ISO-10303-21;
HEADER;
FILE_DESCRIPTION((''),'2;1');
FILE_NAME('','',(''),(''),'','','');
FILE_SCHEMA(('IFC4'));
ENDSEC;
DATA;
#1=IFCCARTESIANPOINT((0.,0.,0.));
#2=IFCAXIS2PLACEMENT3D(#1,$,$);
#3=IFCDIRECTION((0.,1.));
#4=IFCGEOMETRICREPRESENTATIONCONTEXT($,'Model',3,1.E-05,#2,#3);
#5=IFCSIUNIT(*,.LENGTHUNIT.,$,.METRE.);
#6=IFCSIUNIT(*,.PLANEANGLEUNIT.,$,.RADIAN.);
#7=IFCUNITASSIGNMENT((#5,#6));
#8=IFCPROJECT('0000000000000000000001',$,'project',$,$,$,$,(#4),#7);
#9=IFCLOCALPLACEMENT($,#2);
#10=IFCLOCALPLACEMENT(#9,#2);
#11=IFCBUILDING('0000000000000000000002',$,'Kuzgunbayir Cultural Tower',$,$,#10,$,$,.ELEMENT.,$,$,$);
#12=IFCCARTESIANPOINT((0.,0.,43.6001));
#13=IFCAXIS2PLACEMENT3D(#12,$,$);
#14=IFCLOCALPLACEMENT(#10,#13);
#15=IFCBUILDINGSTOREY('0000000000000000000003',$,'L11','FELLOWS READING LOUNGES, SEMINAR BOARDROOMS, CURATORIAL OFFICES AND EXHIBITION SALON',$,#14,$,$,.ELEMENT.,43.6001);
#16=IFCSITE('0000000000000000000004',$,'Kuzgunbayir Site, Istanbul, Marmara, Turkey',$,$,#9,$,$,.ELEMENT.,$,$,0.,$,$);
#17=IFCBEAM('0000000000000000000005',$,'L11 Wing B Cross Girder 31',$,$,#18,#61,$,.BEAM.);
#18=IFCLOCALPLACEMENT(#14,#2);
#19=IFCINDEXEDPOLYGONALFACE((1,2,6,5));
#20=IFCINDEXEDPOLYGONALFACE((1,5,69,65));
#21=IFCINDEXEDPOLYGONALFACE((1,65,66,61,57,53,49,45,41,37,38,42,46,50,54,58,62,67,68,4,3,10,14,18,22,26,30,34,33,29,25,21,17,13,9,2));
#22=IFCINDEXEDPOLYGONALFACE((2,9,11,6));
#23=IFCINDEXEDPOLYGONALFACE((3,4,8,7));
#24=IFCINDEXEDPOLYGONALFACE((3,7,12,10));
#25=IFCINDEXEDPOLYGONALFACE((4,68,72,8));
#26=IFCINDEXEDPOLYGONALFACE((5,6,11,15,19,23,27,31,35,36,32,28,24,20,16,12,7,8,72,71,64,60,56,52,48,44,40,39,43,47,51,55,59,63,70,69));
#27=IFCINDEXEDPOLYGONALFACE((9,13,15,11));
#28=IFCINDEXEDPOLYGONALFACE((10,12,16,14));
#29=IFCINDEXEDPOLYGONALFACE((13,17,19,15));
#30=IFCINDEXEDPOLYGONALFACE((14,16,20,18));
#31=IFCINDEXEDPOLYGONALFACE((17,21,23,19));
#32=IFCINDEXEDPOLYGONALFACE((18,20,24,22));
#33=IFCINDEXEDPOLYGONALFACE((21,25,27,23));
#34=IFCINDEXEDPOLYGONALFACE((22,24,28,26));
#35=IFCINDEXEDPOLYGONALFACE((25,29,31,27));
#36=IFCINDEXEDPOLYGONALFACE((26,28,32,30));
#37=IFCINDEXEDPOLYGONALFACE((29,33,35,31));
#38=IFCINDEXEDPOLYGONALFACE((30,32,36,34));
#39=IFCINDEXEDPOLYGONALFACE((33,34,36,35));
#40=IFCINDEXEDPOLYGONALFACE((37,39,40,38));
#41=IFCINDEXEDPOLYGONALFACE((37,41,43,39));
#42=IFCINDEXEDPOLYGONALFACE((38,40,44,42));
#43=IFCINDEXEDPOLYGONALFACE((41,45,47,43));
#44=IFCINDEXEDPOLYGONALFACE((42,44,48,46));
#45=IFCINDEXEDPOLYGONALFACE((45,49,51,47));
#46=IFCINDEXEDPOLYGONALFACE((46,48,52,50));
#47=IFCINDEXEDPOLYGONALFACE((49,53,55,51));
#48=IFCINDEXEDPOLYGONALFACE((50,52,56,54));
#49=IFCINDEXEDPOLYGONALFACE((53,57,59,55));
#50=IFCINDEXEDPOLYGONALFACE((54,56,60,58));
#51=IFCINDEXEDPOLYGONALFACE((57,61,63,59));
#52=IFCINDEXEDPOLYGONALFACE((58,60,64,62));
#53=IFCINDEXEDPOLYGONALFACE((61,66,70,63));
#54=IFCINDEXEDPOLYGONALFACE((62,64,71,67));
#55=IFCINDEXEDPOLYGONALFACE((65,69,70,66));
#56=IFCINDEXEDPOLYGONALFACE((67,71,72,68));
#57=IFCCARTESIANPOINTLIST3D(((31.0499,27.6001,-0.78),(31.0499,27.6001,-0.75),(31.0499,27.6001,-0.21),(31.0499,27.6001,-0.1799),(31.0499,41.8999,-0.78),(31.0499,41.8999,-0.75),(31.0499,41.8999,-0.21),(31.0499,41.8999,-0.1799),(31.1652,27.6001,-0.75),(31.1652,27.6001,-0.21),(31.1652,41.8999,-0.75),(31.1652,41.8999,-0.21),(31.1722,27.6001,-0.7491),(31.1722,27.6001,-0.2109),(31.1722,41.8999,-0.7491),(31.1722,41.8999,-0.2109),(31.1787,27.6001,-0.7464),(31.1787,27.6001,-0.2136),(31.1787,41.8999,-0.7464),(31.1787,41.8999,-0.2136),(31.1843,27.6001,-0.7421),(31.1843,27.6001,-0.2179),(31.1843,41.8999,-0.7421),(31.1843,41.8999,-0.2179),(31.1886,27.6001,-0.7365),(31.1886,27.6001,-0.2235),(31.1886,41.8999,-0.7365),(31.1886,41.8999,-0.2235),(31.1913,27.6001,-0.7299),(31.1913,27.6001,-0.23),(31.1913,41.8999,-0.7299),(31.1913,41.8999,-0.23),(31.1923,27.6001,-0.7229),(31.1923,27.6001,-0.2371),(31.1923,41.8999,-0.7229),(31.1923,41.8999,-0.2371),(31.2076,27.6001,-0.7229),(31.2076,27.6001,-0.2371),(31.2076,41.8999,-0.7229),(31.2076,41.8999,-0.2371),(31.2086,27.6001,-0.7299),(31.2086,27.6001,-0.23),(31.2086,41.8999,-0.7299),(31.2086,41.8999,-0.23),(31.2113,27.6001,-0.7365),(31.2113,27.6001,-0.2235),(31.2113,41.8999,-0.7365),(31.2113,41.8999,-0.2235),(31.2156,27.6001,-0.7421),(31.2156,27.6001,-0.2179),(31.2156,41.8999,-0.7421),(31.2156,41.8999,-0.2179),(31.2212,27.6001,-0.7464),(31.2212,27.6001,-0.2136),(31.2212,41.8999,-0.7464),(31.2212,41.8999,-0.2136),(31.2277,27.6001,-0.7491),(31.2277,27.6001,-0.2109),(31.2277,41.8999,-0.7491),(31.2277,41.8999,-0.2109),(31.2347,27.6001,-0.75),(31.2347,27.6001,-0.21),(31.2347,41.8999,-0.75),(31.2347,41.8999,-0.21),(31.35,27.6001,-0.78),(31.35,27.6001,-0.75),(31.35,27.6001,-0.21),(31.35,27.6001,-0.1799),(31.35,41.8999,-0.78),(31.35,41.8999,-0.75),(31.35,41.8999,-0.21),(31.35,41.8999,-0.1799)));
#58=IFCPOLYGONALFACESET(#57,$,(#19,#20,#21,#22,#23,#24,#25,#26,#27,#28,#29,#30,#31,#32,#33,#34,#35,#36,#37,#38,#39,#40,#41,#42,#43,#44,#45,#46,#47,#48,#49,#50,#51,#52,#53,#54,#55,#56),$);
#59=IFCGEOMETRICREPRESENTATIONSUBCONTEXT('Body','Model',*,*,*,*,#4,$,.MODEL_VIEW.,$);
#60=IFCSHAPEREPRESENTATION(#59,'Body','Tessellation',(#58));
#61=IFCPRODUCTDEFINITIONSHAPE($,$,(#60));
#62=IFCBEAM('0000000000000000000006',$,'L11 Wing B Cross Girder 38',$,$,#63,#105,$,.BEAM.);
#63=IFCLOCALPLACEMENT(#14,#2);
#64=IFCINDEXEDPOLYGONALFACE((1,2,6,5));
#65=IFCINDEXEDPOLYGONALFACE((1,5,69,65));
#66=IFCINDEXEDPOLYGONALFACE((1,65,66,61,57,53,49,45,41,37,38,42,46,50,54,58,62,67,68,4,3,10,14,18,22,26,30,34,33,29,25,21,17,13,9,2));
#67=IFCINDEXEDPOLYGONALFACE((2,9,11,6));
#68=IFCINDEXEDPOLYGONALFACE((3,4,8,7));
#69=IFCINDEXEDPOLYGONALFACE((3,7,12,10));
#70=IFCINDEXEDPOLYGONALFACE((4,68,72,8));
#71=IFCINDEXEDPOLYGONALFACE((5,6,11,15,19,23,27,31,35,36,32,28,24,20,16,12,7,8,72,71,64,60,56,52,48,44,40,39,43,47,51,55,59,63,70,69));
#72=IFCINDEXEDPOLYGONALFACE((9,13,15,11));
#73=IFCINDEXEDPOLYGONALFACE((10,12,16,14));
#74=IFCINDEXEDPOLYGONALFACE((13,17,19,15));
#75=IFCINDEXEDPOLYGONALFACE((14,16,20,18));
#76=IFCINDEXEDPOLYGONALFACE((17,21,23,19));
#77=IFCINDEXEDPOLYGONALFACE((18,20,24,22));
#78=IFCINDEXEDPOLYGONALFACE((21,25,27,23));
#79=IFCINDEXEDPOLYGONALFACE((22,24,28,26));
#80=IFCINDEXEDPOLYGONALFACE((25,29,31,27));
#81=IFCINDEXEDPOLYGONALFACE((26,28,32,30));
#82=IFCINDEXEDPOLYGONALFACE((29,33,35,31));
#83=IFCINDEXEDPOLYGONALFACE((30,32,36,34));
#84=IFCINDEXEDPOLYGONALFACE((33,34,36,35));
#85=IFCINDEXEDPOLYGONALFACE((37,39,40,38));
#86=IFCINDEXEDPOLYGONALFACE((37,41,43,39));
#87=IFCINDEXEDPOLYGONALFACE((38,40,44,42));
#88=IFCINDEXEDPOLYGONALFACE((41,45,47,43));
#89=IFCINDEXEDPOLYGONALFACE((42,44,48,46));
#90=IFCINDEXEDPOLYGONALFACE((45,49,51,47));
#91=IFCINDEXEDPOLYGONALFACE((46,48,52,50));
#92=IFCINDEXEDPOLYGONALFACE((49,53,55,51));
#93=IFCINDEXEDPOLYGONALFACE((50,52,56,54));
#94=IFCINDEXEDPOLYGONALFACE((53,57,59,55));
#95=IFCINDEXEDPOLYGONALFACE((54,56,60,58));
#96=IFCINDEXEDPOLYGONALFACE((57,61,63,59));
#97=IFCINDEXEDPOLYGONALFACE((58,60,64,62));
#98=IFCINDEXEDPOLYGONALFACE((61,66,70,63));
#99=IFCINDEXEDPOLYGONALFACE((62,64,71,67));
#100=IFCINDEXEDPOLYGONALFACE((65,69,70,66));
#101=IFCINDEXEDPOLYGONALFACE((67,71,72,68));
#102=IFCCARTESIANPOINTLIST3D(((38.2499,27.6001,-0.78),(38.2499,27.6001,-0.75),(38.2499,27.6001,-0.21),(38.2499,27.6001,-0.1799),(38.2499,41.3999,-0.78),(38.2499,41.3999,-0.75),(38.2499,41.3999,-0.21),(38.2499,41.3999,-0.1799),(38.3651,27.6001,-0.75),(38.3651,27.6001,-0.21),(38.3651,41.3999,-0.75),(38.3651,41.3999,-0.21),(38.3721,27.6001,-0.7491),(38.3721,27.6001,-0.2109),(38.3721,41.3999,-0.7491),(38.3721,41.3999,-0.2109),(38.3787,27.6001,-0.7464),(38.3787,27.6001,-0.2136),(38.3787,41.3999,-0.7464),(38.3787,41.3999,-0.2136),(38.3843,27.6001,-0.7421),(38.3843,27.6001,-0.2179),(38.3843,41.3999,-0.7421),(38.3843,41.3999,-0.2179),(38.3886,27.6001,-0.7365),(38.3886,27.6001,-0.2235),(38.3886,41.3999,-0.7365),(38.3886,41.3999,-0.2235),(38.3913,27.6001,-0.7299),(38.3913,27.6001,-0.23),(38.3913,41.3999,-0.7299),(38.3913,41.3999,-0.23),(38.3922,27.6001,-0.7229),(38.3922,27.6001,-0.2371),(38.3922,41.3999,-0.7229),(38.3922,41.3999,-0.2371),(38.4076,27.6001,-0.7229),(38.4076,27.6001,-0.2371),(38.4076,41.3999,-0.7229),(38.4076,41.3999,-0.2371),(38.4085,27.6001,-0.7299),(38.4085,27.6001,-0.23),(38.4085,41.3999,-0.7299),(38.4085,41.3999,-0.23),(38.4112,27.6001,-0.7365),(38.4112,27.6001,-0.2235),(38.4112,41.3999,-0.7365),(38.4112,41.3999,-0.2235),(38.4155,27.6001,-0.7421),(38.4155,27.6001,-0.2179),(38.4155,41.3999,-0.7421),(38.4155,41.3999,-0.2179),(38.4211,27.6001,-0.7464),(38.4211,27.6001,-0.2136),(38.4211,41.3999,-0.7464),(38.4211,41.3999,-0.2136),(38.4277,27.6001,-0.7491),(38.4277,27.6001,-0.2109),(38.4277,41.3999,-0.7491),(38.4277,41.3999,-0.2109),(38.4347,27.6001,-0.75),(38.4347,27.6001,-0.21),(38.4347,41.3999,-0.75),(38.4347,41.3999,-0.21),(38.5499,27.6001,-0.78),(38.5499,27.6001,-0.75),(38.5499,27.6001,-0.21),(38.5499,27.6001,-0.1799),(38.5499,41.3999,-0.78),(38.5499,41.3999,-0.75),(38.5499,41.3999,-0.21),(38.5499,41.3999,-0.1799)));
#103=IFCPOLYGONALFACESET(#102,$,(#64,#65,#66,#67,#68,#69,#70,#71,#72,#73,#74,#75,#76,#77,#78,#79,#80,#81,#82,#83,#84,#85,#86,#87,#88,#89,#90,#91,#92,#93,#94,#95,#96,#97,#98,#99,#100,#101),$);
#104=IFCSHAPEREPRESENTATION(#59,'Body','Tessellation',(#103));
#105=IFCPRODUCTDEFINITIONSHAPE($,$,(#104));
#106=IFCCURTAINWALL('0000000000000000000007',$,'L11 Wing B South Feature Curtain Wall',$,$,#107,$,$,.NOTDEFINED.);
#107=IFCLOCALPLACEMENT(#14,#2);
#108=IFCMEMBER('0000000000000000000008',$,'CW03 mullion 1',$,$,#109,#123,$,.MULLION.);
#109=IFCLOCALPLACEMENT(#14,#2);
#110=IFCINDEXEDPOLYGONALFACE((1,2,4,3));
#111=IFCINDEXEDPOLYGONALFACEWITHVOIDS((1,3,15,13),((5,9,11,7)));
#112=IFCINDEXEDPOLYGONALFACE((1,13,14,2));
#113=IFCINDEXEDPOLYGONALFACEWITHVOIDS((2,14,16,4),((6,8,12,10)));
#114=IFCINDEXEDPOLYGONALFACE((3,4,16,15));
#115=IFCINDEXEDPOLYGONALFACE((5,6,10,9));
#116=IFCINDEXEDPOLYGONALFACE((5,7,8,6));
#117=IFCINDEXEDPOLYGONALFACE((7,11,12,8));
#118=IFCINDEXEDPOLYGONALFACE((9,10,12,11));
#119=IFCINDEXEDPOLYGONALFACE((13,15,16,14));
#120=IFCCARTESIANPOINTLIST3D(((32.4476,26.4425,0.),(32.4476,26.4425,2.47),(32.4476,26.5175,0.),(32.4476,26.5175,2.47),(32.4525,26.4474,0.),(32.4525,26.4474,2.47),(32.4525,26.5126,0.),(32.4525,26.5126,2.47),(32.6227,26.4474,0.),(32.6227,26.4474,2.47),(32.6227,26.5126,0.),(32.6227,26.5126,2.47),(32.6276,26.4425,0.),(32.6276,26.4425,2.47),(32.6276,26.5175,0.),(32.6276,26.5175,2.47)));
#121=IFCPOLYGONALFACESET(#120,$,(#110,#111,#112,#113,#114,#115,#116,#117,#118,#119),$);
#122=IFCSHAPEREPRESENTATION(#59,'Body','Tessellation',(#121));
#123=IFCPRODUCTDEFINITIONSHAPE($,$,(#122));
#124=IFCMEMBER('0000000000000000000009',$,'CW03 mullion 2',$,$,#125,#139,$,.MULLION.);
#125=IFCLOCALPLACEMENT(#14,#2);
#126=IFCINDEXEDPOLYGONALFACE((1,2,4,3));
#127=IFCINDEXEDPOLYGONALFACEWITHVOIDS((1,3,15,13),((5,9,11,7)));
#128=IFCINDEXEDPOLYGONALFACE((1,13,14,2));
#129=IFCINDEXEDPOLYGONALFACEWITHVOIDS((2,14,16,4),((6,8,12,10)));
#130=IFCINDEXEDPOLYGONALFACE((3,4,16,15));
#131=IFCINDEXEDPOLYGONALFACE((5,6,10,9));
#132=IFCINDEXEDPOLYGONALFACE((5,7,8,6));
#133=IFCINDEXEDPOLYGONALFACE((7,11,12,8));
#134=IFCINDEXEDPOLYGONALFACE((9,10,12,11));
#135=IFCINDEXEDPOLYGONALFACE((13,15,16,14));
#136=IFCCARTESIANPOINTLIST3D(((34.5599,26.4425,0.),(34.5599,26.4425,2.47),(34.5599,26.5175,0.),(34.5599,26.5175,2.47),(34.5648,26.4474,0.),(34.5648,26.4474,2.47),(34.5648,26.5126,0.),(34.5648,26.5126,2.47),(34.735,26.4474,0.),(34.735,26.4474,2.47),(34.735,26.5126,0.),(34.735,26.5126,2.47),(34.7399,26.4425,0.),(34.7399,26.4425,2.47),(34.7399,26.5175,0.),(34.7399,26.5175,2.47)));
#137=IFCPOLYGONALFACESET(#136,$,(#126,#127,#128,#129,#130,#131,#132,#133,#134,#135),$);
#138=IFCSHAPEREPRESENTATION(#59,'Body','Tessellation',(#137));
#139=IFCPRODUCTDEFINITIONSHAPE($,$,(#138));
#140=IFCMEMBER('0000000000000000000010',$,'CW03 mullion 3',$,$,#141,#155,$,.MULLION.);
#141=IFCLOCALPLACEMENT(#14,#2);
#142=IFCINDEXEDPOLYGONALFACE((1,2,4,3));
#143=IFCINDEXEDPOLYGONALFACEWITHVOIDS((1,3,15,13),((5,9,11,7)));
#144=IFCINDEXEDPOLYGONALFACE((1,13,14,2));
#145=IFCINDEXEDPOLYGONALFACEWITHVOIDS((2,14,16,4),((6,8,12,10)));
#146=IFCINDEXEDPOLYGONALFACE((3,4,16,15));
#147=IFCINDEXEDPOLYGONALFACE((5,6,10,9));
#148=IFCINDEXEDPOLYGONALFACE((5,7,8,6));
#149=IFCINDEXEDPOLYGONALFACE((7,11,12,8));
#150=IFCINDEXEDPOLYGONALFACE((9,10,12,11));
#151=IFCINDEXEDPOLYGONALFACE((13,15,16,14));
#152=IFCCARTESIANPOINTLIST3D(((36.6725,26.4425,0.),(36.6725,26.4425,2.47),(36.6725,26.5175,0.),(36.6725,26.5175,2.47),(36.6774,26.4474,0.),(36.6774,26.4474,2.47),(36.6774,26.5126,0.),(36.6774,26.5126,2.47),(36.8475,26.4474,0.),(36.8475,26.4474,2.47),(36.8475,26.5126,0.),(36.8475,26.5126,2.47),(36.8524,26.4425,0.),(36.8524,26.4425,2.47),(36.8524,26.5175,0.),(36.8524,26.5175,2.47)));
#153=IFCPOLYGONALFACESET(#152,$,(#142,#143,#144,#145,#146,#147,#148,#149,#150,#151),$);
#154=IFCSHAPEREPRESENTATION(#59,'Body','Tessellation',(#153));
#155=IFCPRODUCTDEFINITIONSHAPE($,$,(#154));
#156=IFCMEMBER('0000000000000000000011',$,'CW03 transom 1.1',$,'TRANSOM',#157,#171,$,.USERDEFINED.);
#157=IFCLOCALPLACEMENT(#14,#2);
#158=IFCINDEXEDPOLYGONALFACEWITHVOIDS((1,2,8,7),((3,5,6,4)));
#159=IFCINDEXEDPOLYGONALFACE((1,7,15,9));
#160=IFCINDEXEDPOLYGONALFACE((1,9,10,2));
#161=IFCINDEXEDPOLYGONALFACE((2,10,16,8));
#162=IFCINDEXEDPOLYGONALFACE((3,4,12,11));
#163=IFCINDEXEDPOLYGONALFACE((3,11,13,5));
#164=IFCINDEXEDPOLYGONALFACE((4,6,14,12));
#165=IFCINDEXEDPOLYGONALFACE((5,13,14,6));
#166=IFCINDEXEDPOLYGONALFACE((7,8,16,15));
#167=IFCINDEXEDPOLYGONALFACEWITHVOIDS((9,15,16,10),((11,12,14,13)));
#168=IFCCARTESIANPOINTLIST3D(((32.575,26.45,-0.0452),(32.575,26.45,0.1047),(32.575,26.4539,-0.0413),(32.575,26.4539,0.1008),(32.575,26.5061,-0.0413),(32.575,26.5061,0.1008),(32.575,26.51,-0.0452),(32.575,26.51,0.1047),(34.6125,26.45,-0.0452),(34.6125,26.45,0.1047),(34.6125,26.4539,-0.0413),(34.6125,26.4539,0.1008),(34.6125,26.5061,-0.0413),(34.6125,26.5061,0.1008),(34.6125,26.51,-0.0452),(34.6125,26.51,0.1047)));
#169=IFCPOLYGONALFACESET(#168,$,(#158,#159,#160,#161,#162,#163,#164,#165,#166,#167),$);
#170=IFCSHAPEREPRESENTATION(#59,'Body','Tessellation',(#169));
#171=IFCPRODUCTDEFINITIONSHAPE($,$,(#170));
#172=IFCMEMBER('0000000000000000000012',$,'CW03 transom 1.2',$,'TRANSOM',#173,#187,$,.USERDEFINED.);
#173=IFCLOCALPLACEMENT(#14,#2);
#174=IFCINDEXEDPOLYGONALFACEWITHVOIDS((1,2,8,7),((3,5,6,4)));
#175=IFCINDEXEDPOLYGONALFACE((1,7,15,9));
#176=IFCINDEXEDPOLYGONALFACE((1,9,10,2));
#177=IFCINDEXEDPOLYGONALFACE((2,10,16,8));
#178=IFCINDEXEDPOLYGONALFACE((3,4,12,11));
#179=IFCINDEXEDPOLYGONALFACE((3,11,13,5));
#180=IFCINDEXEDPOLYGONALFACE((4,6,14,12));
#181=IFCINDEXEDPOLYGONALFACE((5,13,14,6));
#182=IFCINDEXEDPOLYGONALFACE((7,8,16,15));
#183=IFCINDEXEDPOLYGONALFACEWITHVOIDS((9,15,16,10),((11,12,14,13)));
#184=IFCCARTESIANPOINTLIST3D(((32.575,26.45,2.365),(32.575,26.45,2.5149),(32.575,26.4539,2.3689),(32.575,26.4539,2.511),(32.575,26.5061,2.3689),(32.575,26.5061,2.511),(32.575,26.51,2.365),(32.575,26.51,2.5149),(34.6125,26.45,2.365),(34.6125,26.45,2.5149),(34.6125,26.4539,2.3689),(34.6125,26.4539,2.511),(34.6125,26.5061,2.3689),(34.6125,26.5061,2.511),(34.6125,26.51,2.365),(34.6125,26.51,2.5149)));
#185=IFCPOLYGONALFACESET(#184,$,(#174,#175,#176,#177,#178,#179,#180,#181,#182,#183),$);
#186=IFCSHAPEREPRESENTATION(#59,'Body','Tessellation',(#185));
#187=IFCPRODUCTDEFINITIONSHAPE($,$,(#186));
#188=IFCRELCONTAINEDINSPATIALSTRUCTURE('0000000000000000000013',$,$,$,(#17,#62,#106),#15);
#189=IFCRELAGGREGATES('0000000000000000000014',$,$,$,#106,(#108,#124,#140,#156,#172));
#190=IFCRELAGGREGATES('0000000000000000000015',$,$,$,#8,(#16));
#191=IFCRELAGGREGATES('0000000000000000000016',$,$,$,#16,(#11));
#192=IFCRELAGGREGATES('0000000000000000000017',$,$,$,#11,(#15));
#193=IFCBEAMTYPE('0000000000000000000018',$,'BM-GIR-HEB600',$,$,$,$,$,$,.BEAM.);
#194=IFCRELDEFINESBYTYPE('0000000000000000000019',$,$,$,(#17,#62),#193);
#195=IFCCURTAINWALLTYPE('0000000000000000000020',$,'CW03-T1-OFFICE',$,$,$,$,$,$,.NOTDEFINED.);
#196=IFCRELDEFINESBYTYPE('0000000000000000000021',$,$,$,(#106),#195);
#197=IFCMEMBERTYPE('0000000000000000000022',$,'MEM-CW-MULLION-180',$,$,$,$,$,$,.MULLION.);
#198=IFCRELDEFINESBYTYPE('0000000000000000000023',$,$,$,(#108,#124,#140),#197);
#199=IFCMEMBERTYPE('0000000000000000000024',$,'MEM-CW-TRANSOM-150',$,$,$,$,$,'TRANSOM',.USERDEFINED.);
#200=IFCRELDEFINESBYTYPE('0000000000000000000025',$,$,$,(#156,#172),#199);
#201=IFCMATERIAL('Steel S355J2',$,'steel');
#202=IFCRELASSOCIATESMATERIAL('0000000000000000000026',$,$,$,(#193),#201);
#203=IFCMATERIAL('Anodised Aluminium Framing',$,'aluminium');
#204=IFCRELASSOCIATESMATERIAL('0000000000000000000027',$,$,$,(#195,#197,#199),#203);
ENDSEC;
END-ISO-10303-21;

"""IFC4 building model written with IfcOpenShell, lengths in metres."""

from ifc_helpers import new_model, si_unit, direction, frame, origin, origin_2d, place, context, subcontext, project, spatial, hollow_rectangle, i_section, extrude, material, material_profile, profile_set, type_object, element, aggregate, save


model = new_model("IFC4")

# Units and contexts
model_context = context("Model", 3, precision=1e-05, world=origin(), true_north=direction((0.0, 1.0)))
body_context = subcontext(model_context, "Body", "Model", "MODEL_VIEW")
ifc_project = project(units=[si_unit("LENGTHUNIT", "METRE"), si_unit("PLANEANGLEUNIT", "RADIAN")], contexts=[model_context])

# Site, building, storey
site_placement = place(None, origin())
site = spatial("IfcSite", under=ifc_project, at=site_placement, Name="Kuzgunbayir Site, Istanbul, Marmara, Turkey", CompositionType="ELEMENT", RefElevation=0.0)
building_placement = place(site_placement, origin())
building = spatial("IfcBuilding", under=site, at=building_placement, Name="Kuzgunbayir Cultural Tower", CompositionType="ELEMENT")
storey_placement = place(building_placement, frame((0.0, 0.0, 43.6001)))
storey = spatial("IfcBuildingStorey", under=building, at=storey_placement, Name="L11", Description="FELLOWS READING LOUNGES, SEMINAR BOARDROOMS, CURATORIAL OFFICES AND EXHIBITION SALON", CompositionType="ELEMENT", Elevation=43.6001)

# Beams
ifc_material_1 = material(Name="Steel S355J2", Category="steel")
ifc_material_profile_1 = material_profile(ifc_material_1, i_section(OverallWidth=0.3, OverallDepth=0.6001, WebThickness=0.0154, FlangeThickness=0.03, FilletRadius=0.0271, at=origin_2d()), Name="HEB 600")
ifc_profile_set_1 = profile_set([ifc_material_profile_1], Name="Steel S355J2")
beam_type_1 = type_object("IfcBeamType", Name="BM-GIR-HEB600", PredefinedType="BEAM", material=ifc_profile_set_1)
beam_1_placement = place(storey_placement, frame((31.2, 27.6001, -0.48), z_axis=(0.0, 1.0, 0.0), x_axis=(-1.0, 0.0, 0.0)))
element("IfcBeam", 1, at=beam_1_placement, inside=storey, type_object=beam_type_1, Name="L11 Wing B Cross Girder 31", PredefinedType="BEAM", context=body_context, shape_type="SweptSolid", body=[
    extrude(i_section(OverallWidth=0.3, OverallDepth=0.6001, WebThickness=0.0154, FlangeThickness=0.03, FilletRadius=0.0271, at=origin_2d()), origin(), (0.0, 0.0, 1.0), 14.2998),
])
beam_2_placement = place(storey_placement, frame((38.3999, 27.6001, -0.48), z_axis=(0.0, 1.0, 0.0), x_axis=(-1.0, 0.0, 0.0)))
element("IfcBeam", 2, at=beam_2_placement, inside=storey, type_object=beam_type_1, Name="L11 Wing B Cross Girder 38", PredefinedType="BEAM", context=body_context, shape_type="SweptSolid", body=[
    extrude(i_section(OverallWidth=0.3, OverallDepth=0.6001, WebThickness=0.0154, FlangeThickness=0.03, FilletRadius=0.0271, at=origin_2d()), origin(), (0.0, 0.0, 1.0), 13.7998),
])

# Curtain wall, members
ifc_material_2 = material(Name="Anodised Aluminium Framing", Category="aluminium")
curtain_wall_type = type_object("IfcCurtainWallType", Name="CW03-T1-OFFICE", PredefinedType="NOTDEFINED", material=ifc_material_2)
curtain_wall_placement = place(storey_placement, origin())
curtain_wall = element("IfcCurtainWall", 3, at=curtain_wall_placement, inside=storey, type_object=curtain_wall_type, Name="L11 Wing B South Feature Curtain Wall", PredefinedType="NOTDEFINED")
ifc_material_profile_2 = material_profile(ifc_material_2, hollow_rectangle(XDim=0.075, YDim=0.1799, WallThickness=0.0049, at=origin_2d()), Name="RHS 180x75x5")
ifc_profile_set_2 = profile_set([ifc_material_profile_2], Name="Anodised Aluminium Framing")
member_type_1 = type_object("IfcMemberType", Name="MEM-CW-MULLION-180", PredefinedType="MULLION", material=ifc_profile_set_2)
member_1_placement = place(storey_placement, frame((32.5376, 26.48, 0.0), z_axis=(0.0, 0.0, 1.0), x_axis=(0.0, 1.0, 0.0)))
member_1 = element("IfcMember", 4, at=member_1_placement, type_object=member_type_1, Name="CW03 mullion 1", PredefinedType="MULLION", context=body_context, shape_type="SweptSolid", body=[
    extrude(hollow_rectangle(XDim=0.075, YDim=0.1799, WallThickness=0.0049, at=origin_2d()), origin(), (0.0, 0.0, 1.0), 2.47),
])
member_2_placement = place(storey_placement, frame((34.6499, 26.48, 0.0), z_axis=(0.0, 0.0, 1.0), x_axis=(0.0, 1.0, 0.0)))
member_2 = element("IfcMember", 5, at=member_2_placement, type_object=member_type_1, Name="CW03 mullion 2", PredefinedType="MULLION", context=body_context, shape_type="SweptSolid", body=[
    extrude(hollow_rectangle(XDim=0.075, YDim=0.1799, WallThickness=0.0049, at=origin_2d()), origin(), (0.0, 0.0, 1.0), 2.47),
])
member_3_placement = place(storey_placement, frame((36.7625, 26.48, 0.0), z_axis=(0.0, 0.0, 1.0), x_axis=(0.0, 1.0, 0.0)))
member_3 = element("IfcMember", 6, at=member_3_placement, type_object=member_type_1, Name="CW03 mullion 3", PredefinedType="MULLION", context=body_context, shape_type="SweptSolid", body=[
    extrude(hollow_rectangle(XDim=0.075, YDim=0.1799, WallThickness=0.0049, at=origin_2d()), origin(), (0.0, 0.0, 1.0), 2.47),
])
ifc_material_profile_3 = material_profile(ifc_material_2, hollow_rectangle(XDim=0.0601, YDim=0.1499, WallThickness=0.0039, at=origin_2d()), Name="RHS 150x60x4")
ifc_profile_set_3 = profile_set([ifc_material_profile_3], Name="Anodised Aluminium Framing")
member_type_2 = type_object("IfcMemberType", Name="MEM-CW-TRANSOM-150", ElementType="TRANSOM", PredefinedType="USERDEFINED", material=ifc_profile_set_3)
member_4_placement = place(storey_placement, frame((32.575, 26.48, 0.0298), z_axis=(1.0, 0.0, 0.0), x_axis=(0.0, 1.0, 0.0)))
member_4 = element("IfcMember", 7, at=member_4_placement, type_object=member_type_2, Name="CW03 transom 1.1", ObjectType="TRANSOM", PredefinedType="USERDEFINED", context=body_context, shape_type="SweptSolid", body=[
    extrude(hollow_rectangle(XDim=0.0601, YDim=0.1499, WallThickness=0.0039, at=origin_2d()), origin(), (0.0, 0.0, 1.0), 2.0376),
])
member_5_placement = place(storey_placement, frame((32.575, 26.48, 2.4399), z_axis=(1.0, 0.0, 0.0), x_axis=(0.0, 1.0, 0.0)))
member_5 = element("IfcMember", 8, at=member_5_placement, type_object=member_type_2, Name="CW03 transom 1.2", ObjectType="TRANSOM", PredefinedType="USERDEFINED", context=body_context, shape_type="SweptSolid", body=[
    extrude(hollow_rectangle(XDim=0.0601, YDim=0.1499, WallThickness=0.0039, at=origin_2d()), origin(), (0.0, 0.0, 1.0), 2.0376),
])
aggregate(curtain_wall, [member_1, member_2, member_3, member_4, member_5])

save(model, "model.ifc")
